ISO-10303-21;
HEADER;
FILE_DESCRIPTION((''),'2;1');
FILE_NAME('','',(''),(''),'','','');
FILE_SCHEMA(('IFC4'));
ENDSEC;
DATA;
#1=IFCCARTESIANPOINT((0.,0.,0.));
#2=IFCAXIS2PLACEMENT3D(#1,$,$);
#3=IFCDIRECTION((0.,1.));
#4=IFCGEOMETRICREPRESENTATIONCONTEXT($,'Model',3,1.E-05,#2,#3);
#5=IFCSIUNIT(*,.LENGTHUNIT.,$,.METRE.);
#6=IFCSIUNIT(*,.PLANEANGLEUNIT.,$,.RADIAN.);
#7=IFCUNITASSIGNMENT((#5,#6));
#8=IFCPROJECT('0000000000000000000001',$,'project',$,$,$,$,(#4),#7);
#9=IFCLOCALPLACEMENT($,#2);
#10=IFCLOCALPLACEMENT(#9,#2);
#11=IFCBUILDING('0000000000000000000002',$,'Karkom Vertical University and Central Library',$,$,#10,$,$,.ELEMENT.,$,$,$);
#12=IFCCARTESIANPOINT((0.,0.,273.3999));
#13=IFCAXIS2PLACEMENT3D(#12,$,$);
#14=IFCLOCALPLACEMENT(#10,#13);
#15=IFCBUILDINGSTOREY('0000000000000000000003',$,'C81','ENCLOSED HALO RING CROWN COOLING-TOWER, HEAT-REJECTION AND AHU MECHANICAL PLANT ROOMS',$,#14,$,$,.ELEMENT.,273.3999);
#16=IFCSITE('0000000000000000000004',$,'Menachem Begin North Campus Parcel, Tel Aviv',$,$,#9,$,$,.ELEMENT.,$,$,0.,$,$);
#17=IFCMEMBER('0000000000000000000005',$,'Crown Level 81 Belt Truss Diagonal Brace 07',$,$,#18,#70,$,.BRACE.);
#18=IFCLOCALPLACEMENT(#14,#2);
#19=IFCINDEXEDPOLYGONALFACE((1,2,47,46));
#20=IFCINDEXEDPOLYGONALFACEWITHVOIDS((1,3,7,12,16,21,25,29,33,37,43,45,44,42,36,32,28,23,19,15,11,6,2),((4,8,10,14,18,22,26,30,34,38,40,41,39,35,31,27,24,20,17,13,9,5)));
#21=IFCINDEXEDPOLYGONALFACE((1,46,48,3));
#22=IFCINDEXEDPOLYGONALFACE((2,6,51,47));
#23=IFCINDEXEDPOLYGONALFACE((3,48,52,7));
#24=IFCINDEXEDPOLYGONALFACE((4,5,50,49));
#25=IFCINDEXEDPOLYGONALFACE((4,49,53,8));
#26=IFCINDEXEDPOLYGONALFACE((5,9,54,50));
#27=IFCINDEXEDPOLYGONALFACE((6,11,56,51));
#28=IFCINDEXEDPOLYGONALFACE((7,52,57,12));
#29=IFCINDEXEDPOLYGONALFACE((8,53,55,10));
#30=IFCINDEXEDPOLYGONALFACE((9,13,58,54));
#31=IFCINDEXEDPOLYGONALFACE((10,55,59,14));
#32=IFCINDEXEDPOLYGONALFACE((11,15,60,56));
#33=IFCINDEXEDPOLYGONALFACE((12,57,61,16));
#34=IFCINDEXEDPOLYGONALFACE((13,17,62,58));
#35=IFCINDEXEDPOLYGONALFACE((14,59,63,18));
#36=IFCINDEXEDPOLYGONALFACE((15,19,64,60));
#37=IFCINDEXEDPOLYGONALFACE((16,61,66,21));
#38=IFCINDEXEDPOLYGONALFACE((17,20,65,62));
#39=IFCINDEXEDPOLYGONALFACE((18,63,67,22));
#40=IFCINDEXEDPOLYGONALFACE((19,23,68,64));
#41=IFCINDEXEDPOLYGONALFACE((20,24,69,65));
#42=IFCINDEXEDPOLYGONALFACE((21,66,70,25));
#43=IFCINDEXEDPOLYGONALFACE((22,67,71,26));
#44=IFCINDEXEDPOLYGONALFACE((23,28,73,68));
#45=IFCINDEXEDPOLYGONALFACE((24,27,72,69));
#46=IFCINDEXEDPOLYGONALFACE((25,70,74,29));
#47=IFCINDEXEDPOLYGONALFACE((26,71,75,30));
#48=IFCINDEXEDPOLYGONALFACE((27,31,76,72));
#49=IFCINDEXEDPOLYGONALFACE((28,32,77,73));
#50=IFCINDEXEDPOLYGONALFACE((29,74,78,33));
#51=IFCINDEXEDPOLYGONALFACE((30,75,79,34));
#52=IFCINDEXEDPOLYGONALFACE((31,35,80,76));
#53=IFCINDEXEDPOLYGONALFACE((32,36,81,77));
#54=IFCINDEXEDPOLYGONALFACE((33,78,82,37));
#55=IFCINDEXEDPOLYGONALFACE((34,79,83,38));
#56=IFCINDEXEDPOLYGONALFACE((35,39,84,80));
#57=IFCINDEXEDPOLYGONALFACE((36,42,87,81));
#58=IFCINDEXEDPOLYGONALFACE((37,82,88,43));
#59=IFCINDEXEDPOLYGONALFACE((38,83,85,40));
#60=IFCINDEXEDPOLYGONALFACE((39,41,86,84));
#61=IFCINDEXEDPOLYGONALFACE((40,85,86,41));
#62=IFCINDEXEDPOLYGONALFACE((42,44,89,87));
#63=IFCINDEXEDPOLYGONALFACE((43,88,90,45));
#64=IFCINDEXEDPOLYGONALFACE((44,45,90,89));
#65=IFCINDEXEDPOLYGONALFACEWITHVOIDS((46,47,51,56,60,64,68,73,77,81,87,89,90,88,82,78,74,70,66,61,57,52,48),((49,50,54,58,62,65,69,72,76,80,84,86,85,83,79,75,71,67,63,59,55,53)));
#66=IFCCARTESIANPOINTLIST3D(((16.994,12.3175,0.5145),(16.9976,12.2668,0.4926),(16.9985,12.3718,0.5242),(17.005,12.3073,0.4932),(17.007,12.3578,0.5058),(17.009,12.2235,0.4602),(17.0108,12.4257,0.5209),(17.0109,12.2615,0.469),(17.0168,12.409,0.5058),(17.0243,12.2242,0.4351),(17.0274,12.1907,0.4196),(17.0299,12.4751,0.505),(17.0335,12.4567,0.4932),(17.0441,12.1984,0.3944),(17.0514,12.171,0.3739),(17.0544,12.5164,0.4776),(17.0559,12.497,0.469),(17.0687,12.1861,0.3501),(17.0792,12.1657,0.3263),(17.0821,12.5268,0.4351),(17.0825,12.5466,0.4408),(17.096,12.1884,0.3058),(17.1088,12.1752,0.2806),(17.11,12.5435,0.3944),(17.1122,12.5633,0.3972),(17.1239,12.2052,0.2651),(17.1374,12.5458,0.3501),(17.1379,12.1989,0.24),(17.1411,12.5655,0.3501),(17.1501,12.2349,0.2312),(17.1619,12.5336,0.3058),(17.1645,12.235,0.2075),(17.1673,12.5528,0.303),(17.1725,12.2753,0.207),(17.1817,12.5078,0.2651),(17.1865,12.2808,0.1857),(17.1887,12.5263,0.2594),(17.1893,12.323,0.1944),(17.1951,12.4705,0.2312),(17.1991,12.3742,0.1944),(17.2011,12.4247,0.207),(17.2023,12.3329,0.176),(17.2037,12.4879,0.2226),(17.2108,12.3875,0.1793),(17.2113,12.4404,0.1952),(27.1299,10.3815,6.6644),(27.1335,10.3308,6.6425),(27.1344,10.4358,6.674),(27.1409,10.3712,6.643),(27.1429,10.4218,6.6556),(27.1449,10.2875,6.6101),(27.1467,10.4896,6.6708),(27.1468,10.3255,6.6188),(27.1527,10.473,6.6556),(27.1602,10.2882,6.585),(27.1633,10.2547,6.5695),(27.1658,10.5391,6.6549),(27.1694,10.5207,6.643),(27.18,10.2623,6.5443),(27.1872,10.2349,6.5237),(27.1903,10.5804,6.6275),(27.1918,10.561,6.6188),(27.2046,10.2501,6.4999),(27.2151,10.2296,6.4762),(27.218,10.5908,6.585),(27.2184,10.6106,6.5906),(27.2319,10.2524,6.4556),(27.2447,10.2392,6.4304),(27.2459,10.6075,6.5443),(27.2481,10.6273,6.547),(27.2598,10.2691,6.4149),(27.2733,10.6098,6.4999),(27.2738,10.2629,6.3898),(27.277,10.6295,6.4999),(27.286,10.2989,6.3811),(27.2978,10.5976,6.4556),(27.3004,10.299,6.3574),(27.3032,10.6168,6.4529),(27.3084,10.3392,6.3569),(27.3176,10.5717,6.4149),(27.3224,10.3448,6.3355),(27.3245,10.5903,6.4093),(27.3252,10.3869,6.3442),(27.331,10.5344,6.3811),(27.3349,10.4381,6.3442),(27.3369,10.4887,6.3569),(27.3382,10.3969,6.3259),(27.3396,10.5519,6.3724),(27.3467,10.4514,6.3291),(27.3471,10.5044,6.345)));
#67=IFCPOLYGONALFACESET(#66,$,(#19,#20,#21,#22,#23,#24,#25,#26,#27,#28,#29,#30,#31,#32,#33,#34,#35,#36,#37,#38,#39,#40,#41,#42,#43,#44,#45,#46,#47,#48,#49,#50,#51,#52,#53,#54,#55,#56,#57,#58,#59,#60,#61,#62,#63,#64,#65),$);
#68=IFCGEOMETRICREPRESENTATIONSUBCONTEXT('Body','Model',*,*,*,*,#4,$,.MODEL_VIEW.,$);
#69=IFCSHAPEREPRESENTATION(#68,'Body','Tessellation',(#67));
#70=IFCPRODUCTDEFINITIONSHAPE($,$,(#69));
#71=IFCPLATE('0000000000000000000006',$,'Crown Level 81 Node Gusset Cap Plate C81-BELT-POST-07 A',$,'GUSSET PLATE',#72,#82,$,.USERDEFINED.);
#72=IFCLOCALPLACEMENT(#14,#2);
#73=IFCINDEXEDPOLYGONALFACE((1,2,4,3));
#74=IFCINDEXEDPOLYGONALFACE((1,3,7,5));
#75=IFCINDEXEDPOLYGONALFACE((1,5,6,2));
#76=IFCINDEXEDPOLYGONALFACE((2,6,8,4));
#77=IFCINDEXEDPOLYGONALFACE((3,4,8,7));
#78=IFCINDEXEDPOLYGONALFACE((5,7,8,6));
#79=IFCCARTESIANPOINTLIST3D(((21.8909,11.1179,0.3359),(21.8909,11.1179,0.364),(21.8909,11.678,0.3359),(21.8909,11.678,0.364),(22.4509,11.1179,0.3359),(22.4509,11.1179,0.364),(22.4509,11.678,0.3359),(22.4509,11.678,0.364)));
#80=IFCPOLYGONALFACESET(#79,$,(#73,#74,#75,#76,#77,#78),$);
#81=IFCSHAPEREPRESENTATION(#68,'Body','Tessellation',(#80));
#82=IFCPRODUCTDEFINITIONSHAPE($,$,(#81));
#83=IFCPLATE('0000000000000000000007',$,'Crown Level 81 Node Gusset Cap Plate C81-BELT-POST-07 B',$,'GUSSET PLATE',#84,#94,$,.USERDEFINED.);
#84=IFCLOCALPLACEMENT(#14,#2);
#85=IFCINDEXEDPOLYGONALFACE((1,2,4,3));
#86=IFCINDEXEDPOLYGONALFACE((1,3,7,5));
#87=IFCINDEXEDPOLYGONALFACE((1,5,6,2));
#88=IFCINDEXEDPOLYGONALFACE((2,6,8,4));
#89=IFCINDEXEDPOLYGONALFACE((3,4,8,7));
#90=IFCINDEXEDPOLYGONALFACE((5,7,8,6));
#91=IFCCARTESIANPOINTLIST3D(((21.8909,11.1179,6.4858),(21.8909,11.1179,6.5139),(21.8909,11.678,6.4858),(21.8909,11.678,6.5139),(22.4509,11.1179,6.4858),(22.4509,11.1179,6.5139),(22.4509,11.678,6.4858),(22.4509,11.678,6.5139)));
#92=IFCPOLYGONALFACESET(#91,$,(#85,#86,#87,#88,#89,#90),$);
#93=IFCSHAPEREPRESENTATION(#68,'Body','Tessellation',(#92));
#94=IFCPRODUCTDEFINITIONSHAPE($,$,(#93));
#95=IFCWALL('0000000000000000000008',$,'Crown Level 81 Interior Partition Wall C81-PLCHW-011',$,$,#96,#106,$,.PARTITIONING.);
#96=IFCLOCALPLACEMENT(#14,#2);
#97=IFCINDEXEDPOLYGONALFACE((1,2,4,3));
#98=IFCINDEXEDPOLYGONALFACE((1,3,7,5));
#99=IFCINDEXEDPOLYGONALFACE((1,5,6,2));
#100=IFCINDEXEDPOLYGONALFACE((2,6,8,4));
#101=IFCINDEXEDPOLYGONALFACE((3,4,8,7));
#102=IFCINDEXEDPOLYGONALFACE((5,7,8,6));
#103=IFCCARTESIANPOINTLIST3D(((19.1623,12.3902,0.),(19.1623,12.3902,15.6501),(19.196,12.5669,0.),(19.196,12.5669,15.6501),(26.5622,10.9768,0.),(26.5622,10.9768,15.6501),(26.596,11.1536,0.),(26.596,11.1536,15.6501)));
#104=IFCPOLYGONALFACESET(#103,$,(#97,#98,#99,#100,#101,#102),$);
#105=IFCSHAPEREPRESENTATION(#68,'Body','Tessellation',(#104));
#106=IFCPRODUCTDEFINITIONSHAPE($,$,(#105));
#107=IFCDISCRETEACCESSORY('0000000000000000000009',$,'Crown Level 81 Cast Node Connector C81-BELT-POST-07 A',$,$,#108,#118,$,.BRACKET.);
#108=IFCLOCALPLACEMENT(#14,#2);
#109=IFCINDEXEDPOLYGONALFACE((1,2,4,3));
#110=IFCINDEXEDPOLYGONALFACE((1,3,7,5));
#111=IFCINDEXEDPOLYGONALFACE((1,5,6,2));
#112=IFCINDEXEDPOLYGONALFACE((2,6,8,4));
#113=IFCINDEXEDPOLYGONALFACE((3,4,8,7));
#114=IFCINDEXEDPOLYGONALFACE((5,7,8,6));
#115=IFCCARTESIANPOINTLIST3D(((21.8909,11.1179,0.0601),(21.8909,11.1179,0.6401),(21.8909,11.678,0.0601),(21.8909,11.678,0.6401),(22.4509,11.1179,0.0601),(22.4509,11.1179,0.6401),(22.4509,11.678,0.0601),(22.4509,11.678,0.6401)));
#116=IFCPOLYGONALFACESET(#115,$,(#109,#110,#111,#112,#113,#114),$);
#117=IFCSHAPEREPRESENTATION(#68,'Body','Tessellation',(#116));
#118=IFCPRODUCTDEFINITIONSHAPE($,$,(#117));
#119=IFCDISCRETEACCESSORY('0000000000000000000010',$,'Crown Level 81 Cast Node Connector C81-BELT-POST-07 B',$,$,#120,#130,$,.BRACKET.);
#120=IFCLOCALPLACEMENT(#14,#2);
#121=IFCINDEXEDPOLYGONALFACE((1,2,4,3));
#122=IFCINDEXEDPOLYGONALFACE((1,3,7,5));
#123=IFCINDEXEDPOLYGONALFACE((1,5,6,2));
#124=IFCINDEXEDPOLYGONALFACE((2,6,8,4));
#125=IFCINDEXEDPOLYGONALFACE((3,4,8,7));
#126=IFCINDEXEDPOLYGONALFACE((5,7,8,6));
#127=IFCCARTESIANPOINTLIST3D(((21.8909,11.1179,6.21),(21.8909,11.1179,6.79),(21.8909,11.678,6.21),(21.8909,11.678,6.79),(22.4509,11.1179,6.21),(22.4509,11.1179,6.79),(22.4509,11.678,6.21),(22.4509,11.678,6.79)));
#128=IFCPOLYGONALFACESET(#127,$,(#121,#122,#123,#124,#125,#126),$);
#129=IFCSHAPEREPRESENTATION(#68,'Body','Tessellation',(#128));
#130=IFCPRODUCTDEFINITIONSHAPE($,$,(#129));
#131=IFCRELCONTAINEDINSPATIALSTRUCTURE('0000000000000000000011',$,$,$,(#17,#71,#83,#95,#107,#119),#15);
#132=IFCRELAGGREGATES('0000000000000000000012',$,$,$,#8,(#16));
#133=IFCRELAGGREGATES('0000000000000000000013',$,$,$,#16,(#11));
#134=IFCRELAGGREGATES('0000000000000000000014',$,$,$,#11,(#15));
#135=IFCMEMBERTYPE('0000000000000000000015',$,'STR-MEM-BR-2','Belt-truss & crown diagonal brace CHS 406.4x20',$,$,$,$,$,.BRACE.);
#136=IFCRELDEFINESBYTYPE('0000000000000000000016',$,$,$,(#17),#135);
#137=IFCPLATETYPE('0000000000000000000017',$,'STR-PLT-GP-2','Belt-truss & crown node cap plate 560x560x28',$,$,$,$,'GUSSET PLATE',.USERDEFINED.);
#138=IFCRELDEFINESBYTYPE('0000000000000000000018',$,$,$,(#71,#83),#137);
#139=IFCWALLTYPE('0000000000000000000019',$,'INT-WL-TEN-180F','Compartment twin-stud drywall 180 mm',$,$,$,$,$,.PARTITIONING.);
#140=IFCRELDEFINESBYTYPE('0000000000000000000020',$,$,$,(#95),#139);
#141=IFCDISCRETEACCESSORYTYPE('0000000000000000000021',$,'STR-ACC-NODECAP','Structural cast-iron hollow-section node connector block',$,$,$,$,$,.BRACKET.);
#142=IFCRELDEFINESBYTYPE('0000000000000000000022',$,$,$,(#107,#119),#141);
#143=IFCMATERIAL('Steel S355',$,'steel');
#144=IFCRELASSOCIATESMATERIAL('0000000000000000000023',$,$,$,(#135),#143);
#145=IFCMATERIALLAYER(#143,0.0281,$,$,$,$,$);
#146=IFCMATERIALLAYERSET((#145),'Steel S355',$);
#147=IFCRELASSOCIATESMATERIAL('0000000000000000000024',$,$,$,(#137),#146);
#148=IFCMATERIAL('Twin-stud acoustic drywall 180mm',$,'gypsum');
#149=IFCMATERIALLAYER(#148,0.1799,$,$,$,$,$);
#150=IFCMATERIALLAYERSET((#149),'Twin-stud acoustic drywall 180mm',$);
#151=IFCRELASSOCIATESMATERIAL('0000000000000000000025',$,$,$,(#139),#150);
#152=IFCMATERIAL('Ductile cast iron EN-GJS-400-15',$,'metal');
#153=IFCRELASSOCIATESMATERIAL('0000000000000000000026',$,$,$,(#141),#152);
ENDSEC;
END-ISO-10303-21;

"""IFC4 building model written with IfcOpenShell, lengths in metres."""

from ifc_helpers import new_model, si_unit, direction, frame, frame_2d, origin, origin_with_axes, origin_2d, place, context, subcontext, project, spatial, rectangle, hollow_circle, extrude, source, transform, mapped, material, layer, layer_set, material_profile, profile_set, type_object, element, save


model = new_model("IFC4")

# Units and contexts
model_context = context("Model", 3, precision=1e-05, world=origin(), true_north=direction((0.0, 1.0)))
body_context = subcontext(model_context, "Body", "Model", "MODEL_VIEW")
ifc_project = project(units=[si_unit("LENGTHUNIT", "METRE"), si_unit("PLANEANGLEUNIT", "RADIAN")], contexts=[model_context])

# Site, building, storey
site_placement = place(None, origin())
site = spatial("IfcSite", under=ifc_project, at=site_placement, Name="Menachem Begin North Campus Parcel, Tel Aviv", CompositionType="ELEMENT", RefElevation=0.0)
building_placement = place(site_placement, origin())
building = spatial("IfcBuilding", under=site, at=building_placement, Name="Karkom Vertical University and Central Library", CompositionType="ELEMENT")
storey_placement = place(building_placement, frame((0.0, 0.0, 273.3999)))
storey = spatial("IfcBuildingStorey", under=building, at=storey_placement, Name="C81", Description="ENCLOSED HALO RING CROWN COOLING-TOWER, HEAT-REJECTION AND AHU MECHANICAL PLANT ROOMS", CompositionType="ELEMENT", Elevation=273.3999)

# Shared definitions
ifc_material_1 = material(Name="Steel S355", Category="steel")

# Member
ifc_material_profile_1 = material_profile(ifc_material_1, hollow_circle(Radius=0.2031, WallThickness=0.02, at=origin_2d()), Name="CHS 406.4x20")
ifc_profile_set_1 = profile_set([ifc_material_profile_1], Name="Steel S355")
member_type_1 = type_object("IfcMemberType", Name="STR-MEM-BR-2", Description="Belt-truss & crown diagonal brace CHS 406.4x20", PredefinedType="BRACE", material=ifc_profile_set_1)
shared_shape_1 = source(origin_with_axes(), body_context, "Body", "SweptSolid", [
    extrude(hollow_circle(Radius=0.2031, WallThickness=0.02, at=origin_2d()), origin(), (0.0, 0.0, 1.0), 12.0127),
])
member_1_placement = place(storey_placement, frame((17.103, 12.366, 0.3501), z_axis=(0.843764, -0.161164, 0.511945), x_axis=(0.187614, 0.982243, 0.0)))
element("IfcMember", 1, at=member_1_placement, inside=storey, type_object=member_type_1, Name="Crown Level 81 Belt Truss Diagonal Brace 07", PredefinedType="BRACE", context=body_context, shape_type="MappedRepresentation", body=[
    mapped(shared_shape_1, transform((0.0, 0.0, 0.0), scale=1.0)),
])

# Plates
ifc_layer_1 = layer(ifc_material_1, 0.0281)
ifc_layer_set_1 = layer_set([ifc_layer_1], Name="Steel S355")
plate_type = type_object("IfcPlateType", Name="STR-PLT-GP-2", Description="Belt-truss & crown node cap plate 560x560x28", ElementType="GUSSET PLATE", PredefinedType="USERDEFINED", material=ifc_layer_set_1)
shared_shape_2 = source(origin_with_axes(), body_context, "Body", "SweptSolid", [
    extrude(rectangle(XDim=0.5601, YDim=0.5601, at=origin_2d()), origin(), (0.0, 0.0, 1.0), 0.0281),
])
for number, where, z_axis, x_axis, name in (
    (2, (22.1709, 11.3979, 0.3359), (0.0, 0.0, 1.0), (1.0, 0.0, 0.0), "Crown Level 81 Node Gusset Cap Plate C81-BELT-POST-07 A"),
    (3, (22.1709, 11.3979, 6.4858), (0.0, 0.0, 1.0), (1.0, 0.0, 0.0), "Crown Level 81 Node Gusset Cap Plate C81-BELT-POST-07 B"),
):
    element("IfcPlate", number, at=place(storey_placement, frame(where, z_axis=z_axis, x_axis=x_axis)), inside=storey, type_object=plate_type, Name=name, ObjectType="GUSSET PLATE", PredefinedType="USERDEFINED", context=body_context, shape_type="MappedRepresentation", body=[
        mapped(shared_shape_2, transform((0.0, 0.0, 0.0), scale=1.0)),
    ])

# Wall
ifc_material_2 = material(Name="Twin-stud acoustic drywall 180mm", Category="gypsum")
ifc_layer_2 = layer(ifc_material_2, 0.1799)
ifc_layer_set_2 = layer_set([ifc_layer_2], Name="Twin-stud acoustic drywall 180mm")
wall_type = type_object("IfcWallType", Name="INT-WL-TEN-180F", Description="Compartment twin-stud drywall 180 mm", PredefinedType="PARTITIONING", material=ifc_layer_set_2)
wall_placement = place(storey_placement, frame((26.5791, 11.0652, 0.0), z_axis=(0.0, 0.0, 1.0), x_axis=(-0.982245, 0.187602, 0.0)))
element("IfcWall", 4, at=wall_placement, inside=storey, type_object=wall_type, Name="Crown Level 81 Interior Partition Wall C81-PLCHW-011", PredefinedType="PARTITIONING", context=body_context, shape_type="SweptSolid", body=[
    extrude(rectangle(XDim=7.5337, YDim=0.1799, at=frame_2d((3.7668, 0.0))), origin(), (0.0, 0.0, 1.0), 15.6501),
])

# Discrete accessories
ifc_material_3 = material(Name="Ductile cast iron EN-GJS-400-15", Category="metal")
discrete_accessory_type = type_object("IfcDiscreteAccessoryType", Name="STR-ACC-NODECAP", Description="Structural cast-iron hollow-section node connector block", PredefinedType="BRACKET", material=ifc_material_3)
shared_shape_3 = source(origin_with_axes(), body_context, "Body", "SweptSolid", [
    extrude(rectangle(XDim=0.5601, YDim=0.5601, at=origin_2d()), origin(), (0.0, 0.0, 1.0), 0.5801),
])
for number, where, z_axis, x_axis, name in (
    (5, (22.1709, 11.3979, 0.0601), (0.0, 0.0, 1.0), (1.0, 0.0, 0.0), "Crown Level 81 Cast Node Connector C81-BELT-POST-07 A"),
    (6, (22.1709, 11.3979, 6.21), (0.0, 0.0, 1.0), (1.0, 0.0, 0.0), "Crown Level 81 Cast Node Connector C81-BELT-POST-07 B"),
):
    element("IfcDiscreteAccessory", number, at=place(storey_placement, frame(where, z_axis=z_axis, x_axis=x_axis)), inside=storey, type_object=discrete_accessory_type, Name=name, PredefinedType="BRACKET", context=body_context, shape_type="MappedRepresentation", body=[
        mapped(shared_shape_3, transform((0.0, 0.0, 0.0), scale=1.0)),
    ])

save(model, "model.ifc")
